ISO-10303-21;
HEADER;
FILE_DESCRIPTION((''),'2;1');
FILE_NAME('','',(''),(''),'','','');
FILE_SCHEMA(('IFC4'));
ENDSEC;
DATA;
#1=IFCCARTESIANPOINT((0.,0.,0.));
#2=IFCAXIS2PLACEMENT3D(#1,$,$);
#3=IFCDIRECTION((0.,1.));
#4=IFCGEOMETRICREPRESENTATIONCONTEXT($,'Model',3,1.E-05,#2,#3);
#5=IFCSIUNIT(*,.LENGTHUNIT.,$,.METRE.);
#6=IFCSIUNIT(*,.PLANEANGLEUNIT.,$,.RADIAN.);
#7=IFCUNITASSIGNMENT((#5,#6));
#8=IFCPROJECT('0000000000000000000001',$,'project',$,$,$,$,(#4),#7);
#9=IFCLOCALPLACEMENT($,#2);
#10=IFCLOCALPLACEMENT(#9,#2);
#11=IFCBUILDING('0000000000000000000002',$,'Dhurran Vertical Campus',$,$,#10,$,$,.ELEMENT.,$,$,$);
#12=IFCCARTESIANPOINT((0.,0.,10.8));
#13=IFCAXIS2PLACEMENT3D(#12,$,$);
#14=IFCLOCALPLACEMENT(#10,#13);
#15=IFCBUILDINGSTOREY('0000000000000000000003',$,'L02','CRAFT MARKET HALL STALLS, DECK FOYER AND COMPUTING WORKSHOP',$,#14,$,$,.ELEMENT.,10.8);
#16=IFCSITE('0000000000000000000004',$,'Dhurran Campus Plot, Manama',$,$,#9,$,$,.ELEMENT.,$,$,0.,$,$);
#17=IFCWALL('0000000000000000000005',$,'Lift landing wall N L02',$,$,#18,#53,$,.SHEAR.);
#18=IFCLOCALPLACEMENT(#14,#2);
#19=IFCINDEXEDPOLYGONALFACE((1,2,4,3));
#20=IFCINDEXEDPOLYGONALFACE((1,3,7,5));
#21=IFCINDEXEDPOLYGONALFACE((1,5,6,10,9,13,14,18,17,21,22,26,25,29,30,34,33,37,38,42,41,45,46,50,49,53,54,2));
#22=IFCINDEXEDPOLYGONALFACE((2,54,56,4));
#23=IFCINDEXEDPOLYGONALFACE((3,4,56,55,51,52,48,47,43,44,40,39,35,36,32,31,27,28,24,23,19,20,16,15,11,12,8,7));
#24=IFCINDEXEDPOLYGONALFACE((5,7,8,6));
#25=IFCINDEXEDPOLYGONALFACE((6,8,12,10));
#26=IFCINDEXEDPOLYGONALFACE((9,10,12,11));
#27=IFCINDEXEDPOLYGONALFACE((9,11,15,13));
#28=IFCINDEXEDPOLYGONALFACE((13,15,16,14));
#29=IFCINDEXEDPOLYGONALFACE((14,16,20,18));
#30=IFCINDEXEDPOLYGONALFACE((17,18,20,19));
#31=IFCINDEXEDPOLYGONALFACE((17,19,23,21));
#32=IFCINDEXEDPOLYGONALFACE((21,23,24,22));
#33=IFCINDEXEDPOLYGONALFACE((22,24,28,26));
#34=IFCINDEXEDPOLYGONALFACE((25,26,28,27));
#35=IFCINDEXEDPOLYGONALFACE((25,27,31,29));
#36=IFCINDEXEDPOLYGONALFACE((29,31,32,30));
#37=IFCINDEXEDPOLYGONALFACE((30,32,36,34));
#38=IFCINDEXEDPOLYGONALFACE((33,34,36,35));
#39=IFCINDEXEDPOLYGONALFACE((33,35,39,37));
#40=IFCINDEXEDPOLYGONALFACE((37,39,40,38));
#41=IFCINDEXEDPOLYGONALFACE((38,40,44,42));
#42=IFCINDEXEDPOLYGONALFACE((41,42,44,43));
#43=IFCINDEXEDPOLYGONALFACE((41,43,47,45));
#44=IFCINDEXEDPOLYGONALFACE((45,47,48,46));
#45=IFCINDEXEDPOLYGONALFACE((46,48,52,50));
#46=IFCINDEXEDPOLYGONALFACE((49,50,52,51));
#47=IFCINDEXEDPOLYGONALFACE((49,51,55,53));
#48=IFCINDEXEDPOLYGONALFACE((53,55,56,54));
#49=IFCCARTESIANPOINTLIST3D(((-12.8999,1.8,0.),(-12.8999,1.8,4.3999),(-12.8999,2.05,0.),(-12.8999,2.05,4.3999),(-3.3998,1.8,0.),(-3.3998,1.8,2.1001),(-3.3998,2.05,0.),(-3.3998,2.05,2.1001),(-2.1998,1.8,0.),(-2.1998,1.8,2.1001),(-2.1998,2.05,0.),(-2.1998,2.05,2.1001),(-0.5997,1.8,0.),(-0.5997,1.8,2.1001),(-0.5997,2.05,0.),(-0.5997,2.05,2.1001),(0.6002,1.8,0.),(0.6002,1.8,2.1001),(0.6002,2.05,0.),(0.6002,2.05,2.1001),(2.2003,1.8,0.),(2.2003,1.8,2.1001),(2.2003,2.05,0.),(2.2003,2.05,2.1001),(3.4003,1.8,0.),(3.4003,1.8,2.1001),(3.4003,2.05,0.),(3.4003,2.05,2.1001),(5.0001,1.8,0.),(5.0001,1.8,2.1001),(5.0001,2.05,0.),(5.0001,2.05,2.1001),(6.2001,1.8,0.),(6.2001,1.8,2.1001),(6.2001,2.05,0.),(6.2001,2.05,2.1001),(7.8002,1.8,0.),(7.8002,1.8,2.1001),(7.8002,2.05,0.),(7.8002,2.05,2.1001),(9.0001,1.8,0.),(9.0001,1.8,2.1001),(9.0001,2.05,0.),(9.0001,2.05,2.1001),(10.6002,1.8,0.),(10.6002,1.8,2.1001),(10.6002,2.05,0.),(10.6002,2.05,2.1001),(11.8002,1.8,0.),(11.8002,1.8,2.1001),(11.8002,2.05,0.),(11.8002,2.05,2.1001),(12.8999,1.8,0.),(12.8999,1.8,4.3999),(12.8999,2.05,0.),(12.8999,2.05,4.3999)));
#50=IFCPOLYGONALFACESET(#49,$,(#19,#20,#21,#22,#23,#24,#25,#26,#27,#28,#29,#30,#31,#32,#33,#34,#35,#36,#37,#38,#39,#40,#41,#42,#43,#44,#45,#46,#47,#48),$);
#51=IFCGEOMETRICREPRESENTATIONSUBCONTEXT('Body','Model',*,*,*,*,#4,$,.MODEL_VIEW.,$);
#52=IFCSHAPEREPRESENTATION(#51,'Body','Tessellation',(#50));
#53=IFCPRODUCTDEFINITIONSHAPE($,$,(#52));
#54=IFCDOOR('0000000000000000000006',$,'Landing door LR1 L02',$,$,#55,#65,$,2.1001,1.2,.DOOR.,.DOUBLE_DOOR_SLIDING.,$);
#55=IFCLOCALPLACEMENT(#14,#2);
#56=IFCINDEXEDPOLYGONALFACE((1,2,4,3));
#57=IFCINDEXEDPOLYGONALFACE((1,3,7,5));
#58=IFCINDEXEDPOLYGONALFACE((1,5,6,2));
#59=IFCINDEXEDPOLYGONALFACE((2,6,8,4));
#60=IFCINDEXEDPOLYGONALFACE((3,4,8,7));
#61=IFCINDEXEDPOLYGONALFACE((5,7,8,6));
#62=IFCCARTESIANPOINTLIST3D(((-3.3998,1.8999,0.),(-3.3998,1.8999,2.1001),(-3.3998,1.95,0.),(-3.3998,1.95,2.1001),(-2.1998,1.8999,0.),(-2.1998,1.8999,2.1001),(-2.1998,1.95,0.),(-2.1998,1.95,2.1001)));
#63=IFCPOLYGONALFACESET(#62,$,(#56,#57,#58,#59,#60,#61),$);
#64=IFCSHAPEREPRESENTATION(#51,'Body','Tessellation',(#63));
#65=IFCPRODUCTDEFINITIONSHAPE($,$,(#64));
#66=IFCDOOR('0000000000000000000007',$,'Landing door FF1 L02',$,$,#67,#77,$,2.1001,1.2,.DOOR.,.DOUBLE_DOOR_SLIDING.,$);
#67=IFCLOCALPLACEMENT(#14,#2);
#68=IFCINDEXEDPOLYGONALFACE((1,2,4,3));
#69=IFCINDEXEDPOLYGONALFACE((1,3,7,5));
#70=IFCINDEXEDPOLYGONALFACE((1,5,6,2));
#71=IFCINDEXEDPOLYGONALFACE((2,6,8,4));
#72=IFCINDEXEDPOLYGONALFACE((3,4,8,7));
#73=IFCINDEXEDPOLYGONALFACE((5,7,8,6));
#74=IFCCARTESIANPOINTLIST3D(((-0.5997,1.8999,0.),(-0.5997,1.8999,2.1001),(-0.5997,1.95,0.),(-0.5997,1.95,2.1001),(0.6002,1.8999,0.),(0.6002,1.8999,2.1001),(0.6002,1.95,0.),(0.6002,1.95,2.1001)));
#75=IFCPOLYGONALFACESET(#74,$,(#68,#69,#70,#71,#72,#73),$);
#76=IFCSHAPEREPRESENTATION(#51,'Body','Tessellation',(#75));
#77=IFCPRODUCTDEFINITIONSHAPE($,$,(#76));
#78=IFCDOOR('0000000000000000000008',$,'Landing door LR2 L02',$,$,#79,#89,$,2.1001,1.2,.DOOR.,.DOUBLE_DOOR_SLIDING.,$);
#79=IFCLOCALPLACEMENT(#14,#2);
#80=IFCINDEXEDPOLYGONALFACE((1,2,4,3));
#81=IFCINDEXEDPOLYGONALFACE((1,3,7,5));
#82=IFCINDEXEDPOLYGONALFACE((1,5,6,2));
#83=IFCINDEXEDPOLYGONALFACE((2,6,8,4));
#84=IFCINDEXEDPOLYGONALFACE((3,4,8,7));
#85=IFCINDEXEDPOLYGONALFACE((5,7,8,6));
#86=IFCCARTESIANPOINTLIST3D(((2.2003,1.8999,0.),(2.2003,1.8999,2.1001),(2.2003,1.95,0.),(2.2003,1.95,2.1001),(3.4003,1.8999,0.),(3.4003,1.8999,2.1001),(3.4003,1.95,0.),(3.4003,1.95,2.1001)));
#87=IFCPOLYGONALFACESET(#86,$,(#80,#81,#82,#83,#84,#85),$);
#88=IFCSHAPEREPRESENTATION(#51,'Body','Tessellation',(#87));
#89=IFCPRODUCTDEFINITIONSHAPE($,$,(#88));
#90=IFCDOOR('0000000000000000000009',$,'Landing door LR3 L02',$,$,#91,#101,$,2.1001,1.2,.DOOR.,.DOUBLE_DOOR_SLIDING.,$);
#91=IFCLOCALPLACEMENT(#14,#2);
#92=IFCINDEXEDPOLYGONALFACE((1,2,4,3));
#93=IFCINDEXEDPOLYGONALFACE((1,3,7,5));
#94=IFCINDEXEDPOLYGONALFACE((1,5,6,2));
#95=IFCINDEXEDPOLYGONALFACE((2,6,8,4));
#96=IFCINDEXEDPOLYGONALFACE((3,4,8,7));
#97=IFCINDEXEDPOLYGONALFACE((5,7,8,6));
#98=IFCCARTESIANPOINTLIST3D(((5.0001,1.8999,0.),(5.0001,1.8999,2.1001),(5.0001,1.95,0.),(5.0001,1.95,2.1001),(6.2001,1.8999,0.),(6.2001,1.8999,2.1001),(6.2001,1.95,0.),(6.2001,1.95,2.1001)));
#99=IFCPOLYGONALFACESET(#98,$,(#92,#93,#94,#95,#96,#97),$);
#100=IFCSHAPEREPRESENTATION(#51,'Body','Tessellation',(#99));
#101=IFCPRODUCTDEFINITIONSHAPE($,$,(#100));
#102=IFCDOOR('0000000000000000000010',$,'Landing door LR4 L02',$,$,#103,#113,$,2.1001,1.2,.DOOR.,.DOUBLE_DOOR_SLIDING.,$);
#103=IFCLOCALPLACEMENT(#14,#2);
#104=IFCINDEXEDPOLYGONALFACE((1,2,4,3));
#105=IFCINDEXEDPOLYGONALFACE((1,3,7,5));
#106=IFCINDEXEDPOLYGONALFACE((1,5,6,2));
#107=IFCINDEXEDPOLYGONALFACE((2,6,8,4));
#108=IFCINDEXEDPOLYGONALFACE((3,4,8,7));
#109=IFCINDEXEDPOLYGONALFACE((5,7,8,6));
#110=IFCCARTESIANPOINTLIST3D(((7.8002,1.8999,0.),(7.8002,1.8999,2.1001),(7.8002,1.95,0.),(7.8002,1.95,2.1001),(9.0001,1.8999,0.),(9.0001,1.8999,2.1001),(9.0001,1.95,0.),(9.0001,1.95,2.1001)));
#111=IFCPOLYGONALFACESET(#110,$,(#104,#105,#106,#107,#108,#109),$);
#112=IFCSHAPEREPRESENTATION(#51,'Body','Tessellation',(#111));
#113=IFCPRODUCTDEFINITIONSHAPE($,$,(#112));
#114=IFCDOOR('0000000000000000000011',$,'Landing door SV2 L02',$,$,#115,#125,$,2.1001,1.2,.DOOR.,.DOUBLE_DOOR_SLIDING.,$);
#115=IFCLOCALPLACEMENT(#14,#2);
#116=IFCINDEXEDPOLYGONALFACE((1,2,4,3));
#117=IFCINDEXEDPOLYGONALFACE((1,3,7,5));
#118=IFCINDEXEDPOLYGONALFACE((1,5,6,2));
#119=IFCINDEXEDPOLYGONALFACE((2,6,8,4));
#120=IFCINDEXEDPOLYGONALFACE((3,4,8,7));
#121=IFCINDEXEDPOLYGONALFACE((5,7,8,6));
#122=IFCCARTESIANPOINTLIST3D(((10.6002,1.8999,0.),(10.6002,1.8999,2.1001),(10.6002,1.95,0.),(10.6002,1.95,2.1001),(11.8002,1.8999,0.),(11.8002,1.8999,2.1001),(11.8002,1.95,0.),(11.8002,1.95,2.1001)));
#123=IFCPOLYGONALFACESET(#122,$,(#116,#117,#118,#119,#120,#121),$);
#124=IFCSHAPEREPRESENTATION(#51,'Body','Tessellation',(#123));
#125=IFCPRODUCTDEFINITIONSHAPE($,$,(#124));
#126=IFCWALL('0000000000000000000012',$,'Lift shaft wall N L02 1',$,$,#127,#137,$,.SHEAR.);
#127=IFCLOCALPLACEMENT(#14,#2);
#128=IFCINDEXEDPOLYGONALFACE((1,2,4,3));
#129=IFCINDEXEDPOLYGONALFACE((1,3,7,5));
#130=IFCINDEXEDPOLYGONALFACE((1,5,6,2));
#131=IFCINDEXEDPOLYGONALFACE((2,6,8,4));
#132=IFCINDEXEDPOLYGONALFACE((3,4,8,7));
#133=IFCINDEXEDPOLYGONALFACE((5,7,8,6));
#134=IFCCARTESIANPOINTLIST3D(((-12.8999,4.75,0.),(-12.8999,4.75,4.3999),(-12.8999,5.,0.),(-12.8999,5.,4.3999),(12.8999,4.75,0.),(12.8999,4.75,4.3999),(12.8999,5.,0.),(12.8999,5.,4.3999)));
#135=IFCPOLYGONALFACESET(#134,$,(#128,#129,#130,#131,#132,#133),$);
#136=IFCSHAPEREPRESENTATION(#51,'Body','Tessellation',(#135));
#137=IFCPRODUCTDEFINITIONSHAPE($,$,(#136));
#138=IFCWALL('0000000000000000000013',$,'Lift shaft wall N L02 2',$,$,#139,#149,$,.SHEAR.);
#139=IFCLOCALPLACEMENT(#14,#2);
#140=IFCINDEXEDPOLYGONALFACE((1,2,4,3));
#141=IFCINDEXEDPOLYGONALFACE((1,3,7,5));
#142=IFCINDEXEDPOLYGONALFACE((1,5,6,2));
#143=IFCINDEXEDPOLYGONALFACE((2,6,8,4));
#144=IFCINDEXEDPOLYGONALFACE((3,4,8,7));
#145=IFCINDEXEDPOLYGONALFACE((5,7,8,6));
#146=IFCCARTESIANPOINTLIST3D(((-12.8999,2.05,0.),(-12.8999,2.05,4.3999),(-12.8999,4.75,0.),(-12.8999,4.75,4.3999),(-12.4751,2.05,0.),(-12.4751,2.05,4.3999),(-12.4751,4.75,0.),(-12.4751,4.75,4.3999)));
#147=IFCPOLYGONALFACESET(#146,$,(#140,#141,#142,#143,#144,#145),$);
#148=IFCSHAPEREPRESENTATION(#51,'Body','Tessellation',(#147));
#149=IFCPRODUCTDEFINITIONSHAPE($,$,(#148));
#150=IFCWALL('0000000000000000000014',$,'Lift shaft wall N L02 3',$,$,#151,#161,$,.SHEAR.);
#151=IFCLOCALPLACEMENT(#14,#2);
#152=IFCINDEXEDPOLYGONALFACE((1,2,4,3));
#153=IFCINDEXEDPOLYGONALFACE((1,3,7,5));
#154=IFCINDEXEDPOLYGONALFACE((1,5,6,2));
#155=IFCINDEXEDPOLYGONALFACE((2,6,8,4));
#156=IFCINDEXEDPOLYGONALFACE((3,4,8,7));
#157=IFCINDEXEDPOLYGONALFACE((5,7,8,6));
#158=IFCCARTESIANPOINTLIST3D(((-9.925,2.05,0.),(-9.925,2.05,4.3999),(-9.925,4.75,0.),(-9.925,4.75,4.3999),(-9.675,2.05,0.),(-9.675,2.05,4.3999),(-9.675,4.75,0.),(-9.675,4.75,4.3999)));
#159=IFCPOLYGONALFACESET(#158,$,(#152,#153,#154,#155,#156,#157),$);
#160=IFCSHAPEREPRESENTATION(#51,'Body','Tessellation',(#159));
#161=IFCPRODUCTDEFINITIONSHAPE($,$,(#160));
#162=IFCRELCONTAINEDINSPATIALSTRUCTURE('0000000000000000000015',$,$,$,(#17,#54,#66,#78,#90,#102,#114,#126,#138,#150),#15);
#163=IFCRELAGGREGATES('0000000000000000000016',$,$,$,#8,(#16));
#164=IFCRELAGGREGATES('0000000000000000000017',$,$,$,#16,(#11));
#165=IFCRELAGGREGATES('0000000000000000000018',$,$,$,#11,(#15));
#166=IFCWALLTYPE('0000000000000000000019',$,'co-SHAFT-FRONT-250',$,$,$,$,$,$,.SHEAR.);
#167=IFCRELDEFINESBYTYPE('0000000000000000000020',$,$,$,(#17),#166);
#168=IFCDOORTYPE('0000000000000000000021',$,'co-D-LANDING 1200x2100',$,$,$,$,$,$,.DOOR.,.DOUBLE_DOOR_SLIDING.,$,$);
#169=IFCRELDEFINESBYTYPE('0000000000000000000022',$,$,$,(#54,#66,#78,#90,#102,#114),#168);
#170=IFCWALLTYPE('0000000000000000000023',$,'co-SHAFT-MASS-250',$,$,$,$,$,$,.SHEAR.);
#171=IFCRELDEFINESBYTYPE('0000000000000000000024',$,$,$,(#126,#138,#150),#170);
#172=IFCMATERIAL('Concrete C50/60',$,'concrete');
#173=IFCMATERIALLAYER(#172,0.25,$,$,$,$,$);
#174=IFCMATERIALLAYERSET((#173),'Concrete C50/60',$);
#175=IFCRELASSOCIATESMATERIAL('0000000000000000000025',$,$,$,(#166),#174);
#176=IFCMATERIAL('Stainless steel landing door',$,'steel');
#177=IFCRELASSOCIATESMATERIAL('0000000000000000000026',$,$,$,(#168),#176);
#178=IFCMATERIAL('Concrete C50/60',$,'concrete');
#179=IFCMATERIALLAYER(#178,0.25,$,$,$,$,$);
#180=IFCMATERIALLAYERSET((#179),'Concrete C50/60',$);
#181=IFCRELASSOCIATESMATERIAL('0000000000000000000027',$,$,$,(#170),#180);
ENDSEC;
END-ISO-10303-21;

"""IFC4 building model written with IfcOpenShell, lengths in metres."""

from ifc_helpers import new_model, si_unit, direction, frame, frame_2d, origin, place, context, subcontext, project, spatial, polyline, rectangle, outline, extrude, material, layer, layer_set, type_object, element, fill, save


model = new_model("IFC4")

# Units and contexts
model_context = context("Model", 3, precision=1e-05, world=origin(), true_north=direction((0.0, 1.0)))
body_context = subcontext(model_context, "Body", "Model", "MODEL_VIEW")
ifc_project = project(units=[si_unit("LENGTHUNIT", "METRE"), si_unit("PLANEANGLEUNIT", "RADIAN")], contexts=[model_context])

# Site, building, storey
site_placement = place(None, origin())
site = spatial("IfcSite", under=ifc_project, at=site_placement, Name="Dhurran Campus Plot, Manama", CompositionType="ELEMENT", RefElevation=0.0)
building_placement = place(site_placement, origin())
building = spatial("IfcBuilding", under=site, at=building_placement, Name="Dhurran Vertical Campus", CompositionType="ELEMENT")
storey_placement = place(building_placement, frame((0.0, 0.0, 10.8)))
storey = spatial("IfcBuildingStorey", under=building, at=storey_placement, Name="L02", Description="CRAFT MARKET HALL STALLS, DECK FOYER AND COMPUTING WORKSHOP", CompositionType="ELEMENT", Elevation=10.8)

# Wall, openings, doors
ifc_material_1 = material(Name="Concrete C50/60", Category="concrete")
ifc_layer_1 = layer(ifc_material_1, 0.25)
ifc_layer_set_1 = layer_set([ifc_layer_1], Name="Concrete C50/60")
wall_type_1 = type_object("IfcWallType", Name="co-SHAFT-FRONT-250", PredefinedType="SHEAR", material=ifc_layer_set_1)
wall_1_placement = place(storey_placement, frame((-12.8999, 1.925, 0.0), z_axis=(0.0, 0.0, 1.0), x_axis=(1.0, 0.0, 0.0)))
wall_1 = element("IfcWall", 1, at=wall_1_placement, inside=storey, type_object=wall_type_1, Name="Lift landing wall N L02", PredefinedType="SHEAR", context=body_context, shape_type="SweptSolid", body=[
    extrude(rectangle(XDim=25.7998, YDim=0.25, at=frame_2d((12.8999, 0.0))), origin(), (0.0, 0.0, 1.0), 4.3999),
])
opening_1_placement = place(wall_1_placement, frame((9.5, 0.0, 0.0)))
opening_1 = element("IfcOpeningElement", 2, at=opening_1_placement, cuts=wall_1, PredefinedType="OPENING", context=body_context, shape_type="SweptSolid", body=[
    extrude(rectangle(XDim=1.2, YDim=2.1001, at=frame_2d((0.6001, 1.05))), frame((0.0, 0.135, 0.0), z_axis=(0.0, -1.0, 0.0), x_axis=(1.0, 0.0, 0.0)), (0.0, 0.0, 1.0), 0.27),
])
opening_2_placement = place(wall_1_placement, frame((12.3, 0.0, 0.0)))
opening_2 = element("IfcOpeningElement", 3, at=opening_2_placement, cuts=wall_1, PredefinedType="OPENING", context=body_context, shape_type="SweptSolid", body=[
    extrude(rectangle(XDim=1.2, YDim=2.1001, at=frame_2d((0.6001, 1.05))), frame((0.0, 0.135, 0.0), z_axis=(0.0, -1.0, 0.0), x_axis=(1.0, 0.0, 0.0)), (0.0, 0.0, 1.0), 0.27),
])
opening_3_placement = place(wall_1_placement, frame((15.1001, 0.0, 0.0)))
opening_3 = element("IfcOpeningElement", 4, at=opening_3_placement, cuts=wall_1, PredefinedType="OPENING", context=body_context, shape_type="SweptSolid", body=[
    extrude(rectangle(XDim=1.2, YDim=2.1001, at=frame_2d((0.6001, 1.05))), frame((0.0, 0.135, 0.0), z_axis=(0.0, -1.0, 0.0), x_axis=(1.0, 0.0, 0.0)), (0.0, 0.0, 1.0), 0.27),
])
opening_4_placement = place(wall_1_placement, frame((17.8999, 0.0, 0.0)))
opening_4 = element("IfcOpeningElement", 5, at=opening_4_placement, cuts=wall_1, PredefinedType="OPENING", context=body_context, shape_type="SweptSolid", body=[
    extrude(rectangle(XDim=1.2, YDim=2.1001, at=frame_2d((0.6001, 1.05))), frame((0.0, 0.135, 0.0), z_axis=(0.0, -1.0, 0.0), x_axis=(1.0, 0.0, 0.0)), (0.0, 0.0, 1.0), 0.27),
])
opening_5_placement = place(wall_1_placement, frame((20.7, 0.0, 0.0)))
opening_5 = element("IfcOpeningElement", 6, at=opening_5_placement, cuts=wall_1, PredefinedType="OPENING", context=body_context, shape_type="SweptSolid", body=[
    extrude(rectangle(XDim=1.2, YDim=2.1001, at=frame_2d((0.6001, 1.05))), frame((0.0, 0.135, 0.0), z_axis=(0.0, -1.0, 0.0), x_axis=(1.0, 0.0, 0.0)), (0.0, 0.0, 1.0), 0.27),
])
opening_6_placement = place(wall_1_placement, frame((23.5, 0.0, 0.0)))
opening_6 = element("IfcOpeningElement", 7, at=opening_6_placement, cuts=wall_1, PredefinedType="OPENING", context=body_context, shape_type="SweptSolid", body=[
    extrude(rectangle(XDim=1.2, YDim=2.1001, at=frame_2d((0.6001, 1.05))), frame((0.0, 0.135, 0.0), z_axis=(0.0, -1.0, 0.0), x_axis=(1.0, 0.0, 0.0)), (0.0, 0.0, 1.0), 0.27),
])
ifc_material_2 = material(Name="Stainless steel landing door", Category="steel")
door_type_1 = type_object("IfcDoorType", Name="co-D-LANDING 1200x2100", OperationType="DOUBLE_DOOR_SLIDING", PredefinedType="DOOR", material=ifc_material_2)
door_1_placement = place(opening_1_placement, origin())
door_1 = element("IfcDoor", 8, at=door_1_placement, inside=storey, type_object=door_type_1, Name="Landing door LR1 L02", OperationType="DOUBLE_DOOR_SLIDING", OverallHeight=2.1001, OverallWidth=1.2, PredefinedType="DOOR", context=body_context, shape_type="SweptSolid", body=[
    extrude(rectangle(XDim=1.2, YDim=2.1001, at=frame_2d((0.6001, 1.05))), frame((0.0, 0.0249, 0.0), z_axis=(0.0, -1.0, 0.0), x_axis=(1.0, 0.0, 0.0)), (0.0, 0.0, 1.0), 0.05),
])
fill(opening_1, door_1)
door_2_placement = place(opening_2_placement, origin())
door_2 = element("IfcDoor", 9, at=door_2_placement, inside=storey, type_object=door_type_1, Name="Landing door FF1 L02", OperationType="DOUBLE_DOOR_SLIDING", OverallHeight=2.1001, OverallWidth=1.2, PredefinedType="DOOR", context=body_context, shape_type="SweptSolid", body=[
    extrude(rectangle(XDim=1.2, YDim=2.1001, at=frame_2d((0.6001, 1.05))), frame((0.0, 0.0249, 0.0), z_axis=(0.0, -1.0, 0.0), x_axis=(1.0, 0.0, 0.0)), (0.0, 0.0, 1.0), 0.05),
])
fill(opening_2, door_2)
door_3_placement = place(opening_3_placement, origin())
door_3 = element("IfcDoor", 10, at=door_3_placement, inside=storey, type_object=door_type_1, Name="Landing door LR2 L02", OperationType="DOUBLE_DOOR_SLIDING", OverallHeight=2.1001, OverallWidth=1.2, PredefinedType="DOOR", context=body_context, shape_type="SweptSolid", body=[
    extrude(rectangle(XDim=1.2, YDim=2.1001, at=frame_2d((0.6001, 1.05))), frame((0.0, 0.0249, 0.0), z_axis=(0.0, -1.0, 0.0), x_axis=(1.0, 0.0, 0.0)), (0.0, 0.0, 1.0), 0.05),
])
fill(opening_3, door_3)
door_4_placement = place(opening_4_placement, origin())
door_4 = element("IfcDoor", 11, at=door_4_placement, inside=storey, type_object=door_type_1, Name="Landing door LR3 L02", OperationType="DOUBLE_DOOR_SLIDING", OverallHeight=2.1001, OverallWidth=1.2, PredefinedType="DOOR", context=body_context, shape_type="SweptSolid", body=[
    extrude(rectangle(XDim=1.2, YDim=2.1001, at=frame_2d((0.6001, 1.05))), frame((0.0, 0.0249, 0.0), z_axis=(0.0, -1.0, 0.0), x_axis=(1.0, 0.0, 0.0)), (0.0, 0.0, 1.0), 0.05),
])
fill(opening_4, door_4)
door_5_placement = place(opening_5_placement, origin())
door_5 = element("IfcDoor", 12, at=door_5_placement, inside=storey, type_object=door_type_1, Name="Landing door LR4 L02", OperationType="DOUBLE_DOOR_SLIDING", OverallHeight=2.1001, OverallWidth=1.2, PredefinedType="DOOR", context=body_context, shape_type="SweptSolid", body=[
    extrude(rectangle(XDim=1.2, YDim=2.1001, at=frame_2d((0.6001, 1.05))), frame((0.0, 0.0249, 0.0), z_axis=(0.0, -1.0, 0.0), x_axis=(1.0, 0.0, 0.0)), (0.0, 0.0, 1.0), 0.05),
])
fill(opening_5, door_5)
door_6_placement = place(opening_6_placement, origin())
door_6 = element("IfcDoor", 13, at=door_6_placement, inside=storey, type_object=door_type_1, Name="Landing door SV2 L02", OperationType="DOUBLE_DOOR_SLIDING", OverallHeight=2.1001, OverallWidth=1.2, PredefinedType="DOOR", context=body_context, shape_type="SweptSolid", body=[
    extrude(rectangle(XDim=1.2, YDim=2.1001, at=frame_2d((0.6001, 1.05))), frame((0.0, 0.0249, 0.0), z_axis=(0.0, -1.0, 0.0), x_axis=(1.0, 0.0, 0.0)), (0.0, 0.0, 1.0), 0.05),
])
fill(opening_6, door_6)

# Walls
ifc_material_3 = material(Name="Concrete C50/60", Category="concrete")
ifc_layer_2 = layer(ifc_material_3, 0.25)
ifc_layer_set_2 = layer_set([ifc_layer_2], Name="Concrete C50/60")
wall_type_2 = type_object("IfcWallType", Name="co-SHAFT-MASS-250", PredefinedType="SHEAR", material=ifc_layer_set_2)
wall_2_placement = place(storey_placement, origin())
element("IfcWall", 14, at=wall_2_placement, inside=storey, type_object=wall_type_2, Name="Lift shaft wall N L02 1", PredefinedType="SHEAR", context=body_context, shape_type="SweptSolid", body=[
    extrude(outline(polyline([(-12.8999, 4.75), (12.8999, 4.75), (12.8999, 5.0), (-12.8999, 5.0), (-12.8999, 4.75)])), origin(), (0.0, 0.0, 1.0), 4.3999),
])
wall_3_placement = place(storey_placement, origin())
element("IfcWall", 15, at=wall_3_placement, inside=storey, type_object=wall_type_2, Name="Lift shaft wall N L02 2", PredefinedType="SHEAR", context=body_context, shape_type="SweptSolid", body=[
    extrude(outline(polyline([(-12.8999, 2.05), (-12.4751, 2.05), (-12.4751, 4.75), (-12.8999, 4.75), (-12.8999, 2.05)])), origin(), (0.0, 0.0, 1.0), 4.3999),
])
wall_4_placement = place(storey_placement, origin())
element("IfcWall", 16, at=wall_4_placement, inside=storey, type_object=wall_type_2, Name="Lift shaft wall N L02 3", PredefinedType="SHEAR", context=body_context, shape_type="SweptSolid", body=[
    extrude(outline(polyline([(-9.925, 2.05), (-9.675, 2.05), (-9.675, 4.75), (-9.925, 4.75), (-9.925, 2.05)])), origin(), (0.0, 0.0, 1.0), 4.3999),
])

save(model, "model.ifc")
